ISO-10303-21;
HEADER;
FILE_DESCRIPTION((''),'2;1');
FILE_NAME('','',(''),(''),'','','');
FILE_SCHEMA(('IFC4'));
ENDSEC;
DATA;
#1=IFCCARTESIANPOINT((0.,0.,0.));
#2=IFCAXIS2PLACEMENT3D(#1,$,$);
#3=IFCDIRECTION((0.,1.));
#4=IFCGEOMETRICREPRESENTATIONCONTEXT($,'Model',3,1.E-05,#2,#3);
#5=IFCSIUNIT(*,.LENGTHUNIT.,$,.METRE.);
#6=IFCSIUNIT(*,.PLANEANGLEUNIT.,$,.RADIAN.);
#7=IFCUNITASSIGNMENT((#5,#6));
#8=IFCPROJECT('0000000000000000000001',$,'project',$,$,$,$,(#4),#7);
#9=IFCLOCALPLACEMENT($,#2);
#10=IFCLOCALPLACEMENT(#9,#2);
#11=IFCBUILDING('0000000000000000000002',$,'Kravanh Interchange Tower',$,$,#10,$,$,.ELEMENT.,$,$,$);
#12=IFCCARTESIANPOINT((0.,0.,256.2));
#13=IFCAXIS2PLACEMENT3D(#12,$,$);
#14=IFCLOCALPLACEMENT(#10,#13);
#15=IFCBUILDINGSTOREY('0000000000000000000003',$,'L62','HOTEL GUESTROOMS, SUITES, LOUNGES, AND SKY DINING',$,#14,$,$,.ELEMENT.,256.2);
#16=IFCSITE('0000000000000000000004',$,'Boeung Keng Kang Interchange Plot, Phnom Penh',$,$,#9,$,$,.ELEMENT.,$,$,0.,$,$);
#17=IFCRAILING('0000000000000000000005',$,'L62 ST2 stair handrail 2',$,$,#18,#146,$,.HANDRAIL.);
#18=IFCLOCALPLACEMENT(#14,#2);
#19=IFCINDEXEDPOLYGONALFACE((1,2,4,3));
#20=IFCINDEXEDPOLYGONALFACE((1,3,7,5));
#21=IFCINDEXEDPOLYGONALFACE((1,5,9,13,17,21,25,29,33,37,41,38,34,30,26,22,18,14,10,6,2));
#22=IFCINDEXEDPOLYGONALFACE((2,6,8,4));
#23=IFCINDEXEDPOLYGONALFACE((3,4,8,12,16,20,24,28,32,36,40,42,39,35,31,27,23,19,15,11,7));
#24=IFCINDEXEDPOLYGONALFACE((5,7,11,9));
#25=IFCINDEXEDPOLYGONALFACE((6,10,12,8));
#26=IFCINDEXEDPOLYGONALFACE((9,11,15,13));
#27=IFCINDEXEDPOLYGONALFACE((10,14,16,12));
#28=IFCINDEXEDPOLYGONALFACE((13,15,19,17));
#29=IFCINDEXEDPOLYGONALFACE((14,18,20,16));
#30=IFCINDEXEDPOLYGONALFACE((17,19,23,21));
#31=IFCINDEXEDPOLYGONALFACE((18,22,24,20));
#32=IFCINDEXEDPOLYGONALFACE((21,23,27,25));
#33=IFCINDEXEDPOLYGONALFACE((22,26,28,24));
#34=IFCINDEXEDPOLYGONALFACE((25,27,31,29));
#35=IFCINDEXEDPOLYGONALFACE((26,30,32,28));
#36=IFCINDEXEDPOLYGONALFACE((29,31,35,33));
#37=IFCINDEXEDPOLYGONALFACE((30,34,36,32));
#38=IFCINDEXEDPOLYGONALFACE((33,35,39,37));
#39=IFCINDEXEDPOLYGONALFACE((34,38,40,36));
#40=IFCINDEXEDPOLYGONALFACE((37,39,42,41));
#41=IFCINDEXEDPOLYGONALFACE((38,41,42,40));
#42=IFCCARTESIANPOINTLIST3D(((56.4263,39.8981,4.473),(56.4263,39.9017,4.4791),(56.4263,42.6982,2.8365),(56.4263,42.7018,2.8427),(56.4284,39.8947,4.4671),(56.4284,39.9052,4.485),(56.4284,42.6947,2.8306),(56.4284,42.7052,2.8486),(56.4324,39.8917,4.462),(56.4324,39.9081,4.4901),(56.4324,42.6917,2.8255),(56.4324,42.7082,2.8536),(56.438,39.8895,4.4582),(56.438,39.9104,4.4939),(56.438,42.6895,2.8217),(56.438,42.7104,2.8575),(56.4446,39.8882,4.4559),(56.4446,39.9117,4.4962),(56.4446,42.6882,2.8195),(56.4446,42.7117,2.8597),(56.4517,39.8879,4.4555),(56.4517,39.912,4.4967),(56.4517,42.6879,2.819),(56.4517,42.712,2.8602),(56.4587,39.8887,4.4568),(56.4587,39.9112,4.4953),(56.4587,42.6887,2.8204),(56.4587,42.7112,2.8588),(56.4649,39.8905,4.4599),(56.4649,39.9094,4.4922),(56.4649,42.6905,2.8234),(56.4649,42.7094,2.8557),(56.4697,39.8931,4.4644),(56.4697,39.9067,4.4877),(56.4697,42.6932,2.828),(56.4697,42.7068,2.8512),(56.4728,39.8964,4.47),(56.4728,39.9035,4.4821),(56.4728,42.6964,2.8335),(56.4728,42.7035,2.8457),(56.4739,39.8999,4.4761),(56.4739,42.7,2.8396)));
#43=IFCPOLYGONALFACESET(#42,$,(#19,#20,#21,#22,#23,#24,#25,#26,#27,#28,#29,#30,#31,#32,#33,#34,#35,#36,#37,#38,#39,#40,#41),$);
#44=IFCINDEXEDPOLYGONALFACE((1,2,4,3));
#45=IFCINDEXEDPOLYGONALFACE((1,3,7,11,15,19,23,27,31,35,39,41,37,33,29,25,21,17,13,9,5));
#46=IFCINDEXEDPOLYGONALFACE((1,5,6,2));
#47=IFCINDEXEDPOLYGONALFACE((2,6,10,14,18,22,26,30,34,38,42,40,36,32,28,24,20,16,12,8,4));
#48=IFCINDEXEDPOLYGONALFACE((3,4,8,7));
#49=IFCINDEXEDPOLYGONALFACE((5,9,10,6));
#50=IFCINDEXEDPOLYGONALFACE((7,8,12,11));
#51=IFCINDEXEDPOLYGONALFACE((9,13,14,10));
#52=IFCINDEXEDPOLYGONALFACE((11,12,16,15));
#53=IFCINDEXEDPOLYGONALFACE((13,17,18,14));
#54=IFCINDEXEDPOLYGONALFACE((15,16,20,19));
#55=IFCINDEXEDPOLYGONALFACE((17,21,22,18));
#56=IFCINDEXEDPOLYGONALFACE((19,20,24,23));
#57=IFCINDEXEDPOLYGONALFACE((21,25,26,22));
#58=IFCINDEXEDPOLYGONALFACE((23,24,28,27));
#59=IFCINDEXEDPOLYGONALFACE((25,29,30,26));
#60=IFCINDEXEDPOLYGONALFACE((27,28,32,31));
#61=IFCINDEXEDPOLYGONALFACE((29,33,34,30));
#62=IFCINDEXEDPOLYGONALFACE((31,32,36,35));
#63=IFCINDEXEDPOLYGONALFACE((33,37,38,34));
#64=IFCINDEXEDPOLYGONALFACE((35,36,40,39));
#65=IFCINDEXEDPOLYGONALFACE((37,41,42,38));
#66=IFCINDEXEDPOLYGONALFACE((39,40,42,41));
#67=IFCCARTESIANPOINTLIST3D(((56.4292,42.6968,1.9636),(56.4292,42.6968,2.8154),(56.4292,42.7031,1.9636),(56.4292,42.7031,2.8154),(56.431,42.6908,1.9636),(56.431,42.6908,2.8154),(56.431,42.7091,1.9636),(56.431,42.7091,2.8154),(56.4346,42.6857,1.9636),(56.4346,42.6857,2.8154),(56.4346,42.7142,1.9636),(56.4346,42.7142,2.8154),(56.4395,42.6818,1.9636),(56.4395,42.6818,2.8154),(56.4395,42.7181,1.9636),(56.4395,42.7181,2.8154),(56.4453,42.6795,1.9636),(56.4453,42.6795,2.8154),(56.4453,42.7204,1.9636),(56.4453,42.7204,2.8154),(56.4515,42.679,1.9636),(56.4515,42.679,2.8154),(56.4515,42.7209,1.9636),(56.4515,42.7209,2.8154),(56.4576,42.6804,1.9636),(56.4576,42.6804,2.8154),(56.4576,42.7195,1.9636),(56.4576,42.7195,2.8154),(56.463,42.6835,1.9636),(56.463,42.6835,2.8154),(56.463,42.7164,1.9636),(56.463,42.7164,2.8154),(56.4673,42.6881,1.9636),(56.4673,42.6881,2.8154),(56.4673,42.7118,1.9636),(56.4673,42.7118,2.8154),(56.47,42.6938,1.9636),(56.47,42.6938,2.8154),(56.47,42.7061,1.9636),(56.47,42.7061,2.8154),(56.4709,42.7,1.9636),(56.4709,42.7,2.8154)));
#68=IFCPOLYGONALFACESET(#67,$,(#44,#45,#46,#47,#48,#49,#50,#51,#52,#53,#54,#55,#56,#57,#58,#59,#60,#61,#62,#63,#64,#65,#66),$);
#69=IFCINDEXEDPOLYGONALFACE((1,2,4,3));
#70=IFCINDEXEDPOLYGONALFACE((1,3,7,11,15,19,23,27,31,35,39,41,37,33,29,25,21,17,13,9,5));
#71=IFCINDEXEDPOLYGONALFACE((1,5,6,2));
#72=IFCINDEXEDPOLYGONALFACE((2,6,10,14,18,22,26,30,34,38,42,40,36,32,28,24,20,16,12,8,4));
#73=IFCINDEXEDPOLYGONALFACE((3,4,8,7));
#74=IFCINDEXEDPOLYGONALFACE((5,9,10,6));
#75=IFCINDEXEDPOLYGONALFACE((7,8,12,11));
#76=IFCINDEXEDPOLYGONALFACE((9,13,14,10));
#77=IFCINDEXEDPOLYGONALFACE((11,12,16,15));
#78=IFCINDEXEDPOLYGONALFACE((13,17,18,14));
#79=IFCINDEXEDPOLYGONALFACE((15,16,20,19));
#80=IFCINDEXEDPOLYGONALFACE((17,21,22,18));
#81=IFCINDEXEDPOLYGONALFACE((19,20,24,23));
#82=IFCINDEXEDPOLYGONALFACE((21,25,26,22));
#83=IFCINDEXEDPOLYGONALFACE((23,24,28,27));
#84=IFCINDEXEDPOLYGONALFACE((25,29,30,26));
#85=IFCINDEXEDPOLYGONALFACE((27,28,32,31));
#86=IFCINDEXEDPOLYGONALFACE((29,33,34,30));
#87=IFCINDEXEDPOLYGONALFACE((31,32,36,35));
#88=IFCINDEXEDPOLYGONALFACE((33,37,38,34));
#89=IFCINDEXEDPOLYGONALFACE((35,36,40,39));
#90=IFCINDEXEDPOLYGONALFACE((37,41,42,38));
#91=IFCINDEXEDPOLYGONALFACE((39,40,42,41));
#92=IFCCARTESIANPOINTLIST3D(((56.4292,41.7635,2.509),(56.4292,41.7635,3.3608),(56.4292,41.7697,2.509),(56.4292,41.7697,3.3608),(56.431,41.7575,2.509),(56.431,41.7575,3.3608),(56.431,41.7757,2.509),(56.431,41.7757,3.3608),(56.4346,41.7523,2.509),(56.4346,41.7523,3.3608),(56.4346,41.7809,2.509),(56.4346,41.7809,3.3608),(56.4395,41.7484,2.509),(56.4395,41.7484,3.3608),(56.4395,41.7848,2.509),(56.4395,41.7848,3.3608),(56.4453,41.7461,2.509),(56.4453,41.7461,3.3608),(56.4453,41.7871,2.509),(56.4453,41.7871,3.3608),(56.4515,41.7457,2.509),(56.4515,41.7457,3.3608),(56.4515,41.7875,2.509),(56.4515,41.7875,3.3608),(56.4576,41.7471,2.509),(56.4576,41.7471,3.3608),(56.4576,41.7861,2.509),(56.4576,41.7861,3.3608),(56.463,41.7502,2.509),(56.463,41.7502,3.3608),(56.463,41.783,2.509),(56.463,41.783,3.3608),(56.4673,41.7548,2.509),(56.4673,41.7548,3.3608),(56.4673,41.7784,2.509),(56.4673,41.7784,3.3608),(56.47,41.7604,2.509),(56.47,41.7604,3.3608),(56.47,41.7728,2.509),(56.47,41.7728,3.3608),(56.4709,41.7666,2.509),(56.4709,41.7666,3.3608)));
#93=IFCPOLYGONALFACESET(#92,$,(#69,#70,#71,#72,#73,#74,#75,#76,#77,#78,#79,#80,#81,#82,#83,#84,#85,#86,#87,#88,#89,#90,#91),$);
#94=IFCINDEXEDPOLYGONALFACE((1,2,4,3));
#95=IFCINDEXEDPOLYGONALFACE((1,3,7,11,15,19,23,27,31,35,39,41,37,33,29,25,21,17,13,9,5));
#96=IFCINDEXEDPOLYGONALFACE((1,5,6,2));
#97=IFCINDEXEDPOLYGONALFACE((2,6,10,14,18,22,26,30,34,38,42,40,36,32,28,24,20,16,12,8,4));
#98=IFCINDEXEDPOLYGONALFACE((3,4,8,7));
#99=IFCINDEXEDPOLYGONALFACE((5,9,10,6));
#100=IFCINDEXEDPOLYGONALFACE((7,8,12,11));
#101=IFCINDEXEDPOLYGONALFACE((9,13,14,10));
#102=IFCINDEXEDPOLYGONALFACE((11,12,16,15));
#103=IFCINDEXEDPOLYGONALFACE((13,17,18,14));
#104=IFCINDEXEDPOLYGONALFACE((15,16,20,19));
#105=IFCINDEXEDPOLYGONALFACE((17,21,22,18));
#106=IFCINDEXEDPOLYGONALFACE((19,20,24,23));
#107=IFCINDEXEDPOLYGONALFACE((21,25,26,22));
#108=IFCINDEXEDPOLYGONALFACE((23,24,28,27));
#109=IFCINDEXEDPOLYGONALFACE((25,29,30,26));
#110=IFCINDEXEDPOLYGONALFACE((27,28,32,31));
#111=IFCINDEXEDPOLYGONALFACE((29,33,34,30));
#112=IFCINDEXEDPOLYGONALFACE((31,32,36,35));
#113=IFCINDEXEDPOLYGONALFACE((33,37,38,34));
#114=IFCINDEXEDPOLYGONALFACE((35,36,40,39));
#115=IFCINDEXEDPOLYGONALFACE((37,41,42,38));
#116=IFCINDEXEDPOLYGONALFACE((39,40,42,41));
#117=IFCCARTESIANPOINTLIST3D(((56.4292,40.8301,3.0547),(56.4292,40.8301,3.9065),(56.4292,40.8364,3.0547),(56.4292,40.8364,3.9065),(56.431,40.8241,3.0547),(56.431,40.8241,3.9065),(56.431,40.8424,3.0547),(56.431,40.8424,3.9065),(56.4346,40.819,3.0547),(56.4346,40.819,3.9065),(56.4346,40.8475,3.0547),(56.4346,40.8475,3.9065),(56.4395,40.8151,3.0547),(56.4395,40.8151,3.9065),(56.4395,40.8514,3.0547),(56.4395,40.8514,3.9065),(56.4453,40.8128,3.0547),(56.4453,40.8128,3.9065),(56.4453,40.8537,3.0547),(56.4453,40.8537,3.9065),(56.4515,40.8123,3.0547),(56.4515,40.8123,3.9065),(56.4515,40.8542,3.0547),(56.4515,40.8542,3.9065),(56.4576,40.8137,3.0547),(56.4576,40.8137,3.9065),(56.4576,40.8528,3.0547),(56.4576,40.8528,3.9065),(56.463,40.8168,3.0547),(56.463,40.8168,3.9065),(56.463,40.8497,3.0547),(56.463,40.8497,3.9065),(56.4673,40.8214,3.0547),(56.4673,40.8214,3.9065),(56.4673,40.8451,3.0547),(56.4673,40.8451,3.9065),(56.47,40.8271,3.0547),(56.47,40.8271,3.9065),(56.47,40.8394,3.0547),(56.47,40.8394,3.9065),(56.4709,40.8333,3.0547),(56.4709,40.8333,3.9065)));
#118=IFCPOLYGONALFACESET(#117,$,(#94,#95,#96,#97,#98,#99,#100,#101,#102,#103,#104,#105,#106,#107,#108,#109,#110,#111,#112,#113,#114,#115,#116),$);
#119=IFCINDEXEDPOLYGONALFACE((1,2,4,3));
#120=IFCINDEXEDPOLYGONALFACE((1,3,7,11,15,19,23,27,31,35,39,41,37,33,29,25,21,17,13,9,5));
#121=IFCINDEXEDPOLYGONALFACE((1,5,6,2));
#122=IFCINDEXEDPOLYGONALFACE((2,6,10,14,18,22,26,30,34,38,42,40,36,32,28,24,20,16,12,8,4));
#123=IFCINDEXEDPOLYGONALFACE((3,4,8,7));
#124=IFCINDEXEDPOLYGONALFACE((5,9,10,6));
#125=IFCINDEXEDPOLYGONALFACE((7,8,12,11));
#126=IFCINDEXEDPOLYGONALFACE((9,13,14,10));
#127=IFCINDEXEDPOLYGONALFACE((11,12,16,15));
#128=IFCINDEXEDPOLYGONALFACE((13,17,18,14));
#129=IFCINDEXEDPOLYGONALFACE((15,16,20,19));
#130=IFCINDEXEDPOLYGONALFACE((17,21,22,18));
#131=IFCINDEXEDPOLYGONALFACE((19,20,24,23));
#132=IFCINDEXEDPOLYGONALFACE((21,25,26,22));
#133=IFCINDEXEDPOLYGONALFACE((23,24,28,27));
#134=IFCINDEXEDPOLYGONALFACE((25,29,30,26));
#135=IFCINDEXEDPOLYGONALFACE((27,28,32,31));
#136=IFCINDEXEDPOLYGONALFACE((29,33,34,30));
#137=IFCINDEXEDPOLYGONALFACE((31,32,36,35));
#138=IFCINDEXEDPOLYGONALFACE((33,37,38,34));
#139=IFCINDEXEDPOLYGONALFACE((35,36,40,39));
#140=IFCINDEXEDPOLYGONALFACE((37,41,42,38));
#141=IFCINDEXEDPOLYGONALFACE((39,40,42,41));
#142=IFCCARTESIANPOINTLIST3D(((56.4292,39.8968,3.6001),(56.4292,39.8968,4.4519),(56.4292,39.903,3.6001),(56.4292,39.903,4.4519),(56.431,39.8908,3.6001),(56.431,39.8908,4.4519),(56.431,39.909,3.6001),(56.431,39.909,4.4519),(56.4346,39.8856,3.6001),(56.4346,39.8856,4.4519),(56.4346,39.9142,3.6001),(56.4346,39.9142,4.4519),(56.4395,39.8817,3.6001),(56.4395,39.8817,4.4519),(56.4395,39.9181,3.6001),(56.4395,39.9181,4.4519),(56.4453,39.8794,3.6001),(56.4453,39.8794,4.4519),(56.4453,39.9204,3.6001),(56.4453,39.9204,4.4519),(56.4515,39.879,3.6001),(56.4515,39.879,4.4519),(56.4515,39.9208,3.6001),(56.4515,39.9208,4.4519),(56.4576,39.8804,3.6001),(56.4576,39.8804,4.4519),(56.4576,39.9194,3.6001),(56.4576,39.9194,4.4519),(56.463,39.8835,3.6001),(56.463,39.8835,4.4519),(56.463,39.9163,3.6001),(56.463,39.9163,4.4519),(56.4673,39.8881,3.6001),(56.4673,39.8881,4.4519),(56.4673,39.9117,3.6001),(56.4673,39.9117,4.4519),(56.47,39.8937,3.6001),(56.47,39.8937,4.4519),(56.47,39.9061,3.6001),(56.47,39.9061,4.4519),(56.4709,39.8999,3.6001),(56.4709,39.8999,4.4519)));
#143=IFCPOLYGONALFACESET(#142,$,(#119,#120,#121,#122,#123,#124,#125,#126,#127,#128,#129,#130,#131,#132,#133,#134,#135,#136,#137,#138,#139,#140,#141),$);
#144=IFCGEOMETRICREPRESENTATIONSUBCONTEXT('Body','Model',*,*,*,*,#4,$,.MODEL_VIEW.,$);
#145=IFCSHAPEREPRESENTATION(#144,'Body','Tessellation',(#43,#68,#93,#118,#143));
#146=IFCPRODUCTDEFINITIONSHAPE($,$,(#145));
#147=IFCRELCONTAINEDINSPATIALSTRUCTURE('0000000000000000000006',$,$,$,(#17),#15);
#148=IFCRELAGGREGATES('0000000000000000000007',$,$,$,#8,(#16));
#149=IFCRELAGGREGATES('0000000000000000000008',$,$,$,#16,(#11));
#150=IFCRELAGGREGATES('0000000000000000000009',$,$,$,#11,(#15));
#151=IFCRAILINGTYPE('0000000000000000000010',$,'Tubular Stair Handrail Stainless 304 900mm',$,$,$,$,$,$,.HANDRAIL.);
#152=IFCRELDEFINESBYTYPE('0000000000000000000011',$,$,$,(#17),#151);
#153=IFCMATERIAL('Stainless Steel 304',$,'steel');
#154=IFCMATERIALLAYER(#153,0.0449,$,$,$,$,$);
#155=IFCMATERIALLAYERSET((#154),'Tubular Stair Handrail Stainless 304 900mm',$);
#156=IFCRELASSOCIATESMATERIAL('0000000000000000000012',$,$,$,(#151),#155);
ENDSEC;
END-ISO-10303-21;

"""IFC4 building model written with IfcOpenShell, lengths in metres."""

from ifc_helpers import new_model, si_unit, direction, frame, origin, origin_2d, place, context, subcontext, project, spatial, circle, extrude, material, layer, layer_set, type_object, element, save


model = new_model("IFC4")

# Units and contexts
model_context = context("Model", 3, precision=1e-05, world=origin(), true_north=direction((0.0, 1.0)))
body_context = subcontext(model_context, "Body", "Model", "MODEL_VIEW")
ifc_project = project(units=[si_unit("LENGTHUNIT", "METRE"), si_unit("PLANEANGLEUNIT", "RADIAN")], contexts=[model_context])

# Site, building, storey
site_placement = place(None, origin())
site = spatial("IfcSite", under=ifc_project, at=site_placement, Name="Boeung Keng Kang Interchange Plot, Phnom Penh", CompositionType="ELEMENT", RefElevation=0.0)
building_placement = place(site_placement, origin())
building = spatial("IfcBuilding", under=site, at=building_placement, Name="Kravanh Interchange Tower", CompositionType="ELEMENT")
storey_placement = place(building_placement, frame((0.0, 0.0, 256.2)))
storey = spatial("IfcBuildingStorey", under=building, at=storey_placement, Name="L62", Description="HOTEL GUESTROOMS, SUITES, LOUNGES, AND SKY DINING", CompositionType="ELEMENT", Elevation=256.2)

# Railing
ifc_material_1 = material(Name="Stainless Steel 304", Category="steel")
ifc_layer_1 = layer(ifc_material_1, 0.0449)
ifc_layer_set_1 = layer_set([ifc_layer_1], Name="Tubular Stair Handrail Stainless 304 900mm")
railing_type_1 = type_object("IfcRailingType", Name="Tubular Stair Handrail Stainless 304 900mm", PredefinedType="HANDRAIL", material=ifc_layer_set_1)
railing_1_placement = place(storey_placement, frame((56.45, 42.7, 1.9636)))
element("IfcRailing", 1, at=railing_1_placement, inside=storey, type_object=railing_type_1, Name="L62 ST2 stair handrail 2", PredefinedType="HANDRAIL", context=body_context, shape_type="SweptSolid", body=[
    extrude(circle(Radius=0.0239, at=origin_2d()), frame((0.0, 0.0, 0.876), z_axis=(0.0, -0.863361, 0.504587), x_axis=(1.0, 0.0, 0.0)), (0.0, 0.0, 1.0), 3.2432),
    extrude(circle(Radius=0.021, at=origin_2d()), origin(), (0.0, 0.0, 1.0), 0.8518),
    extrude(circle(Radius=0.021, at=origin_2d()), frame((0.0, -0.9333, 0.5454)), (0.0, 0.0, 1.0), 0.8518),
    extrude(circle(Radius=0.021, at=origin_2d()), frame((0.0, -1.8667, 1.0911)), (0.0, 0.0, 1.0), 0.8518),
    extrude(circle(Radius=0.021, at=origin_2d()), frame((0.0, -2.8, 1.6365)), (0.0, 0.0, 1.0), 0.8518),
])

save(model, "model.ifc")
